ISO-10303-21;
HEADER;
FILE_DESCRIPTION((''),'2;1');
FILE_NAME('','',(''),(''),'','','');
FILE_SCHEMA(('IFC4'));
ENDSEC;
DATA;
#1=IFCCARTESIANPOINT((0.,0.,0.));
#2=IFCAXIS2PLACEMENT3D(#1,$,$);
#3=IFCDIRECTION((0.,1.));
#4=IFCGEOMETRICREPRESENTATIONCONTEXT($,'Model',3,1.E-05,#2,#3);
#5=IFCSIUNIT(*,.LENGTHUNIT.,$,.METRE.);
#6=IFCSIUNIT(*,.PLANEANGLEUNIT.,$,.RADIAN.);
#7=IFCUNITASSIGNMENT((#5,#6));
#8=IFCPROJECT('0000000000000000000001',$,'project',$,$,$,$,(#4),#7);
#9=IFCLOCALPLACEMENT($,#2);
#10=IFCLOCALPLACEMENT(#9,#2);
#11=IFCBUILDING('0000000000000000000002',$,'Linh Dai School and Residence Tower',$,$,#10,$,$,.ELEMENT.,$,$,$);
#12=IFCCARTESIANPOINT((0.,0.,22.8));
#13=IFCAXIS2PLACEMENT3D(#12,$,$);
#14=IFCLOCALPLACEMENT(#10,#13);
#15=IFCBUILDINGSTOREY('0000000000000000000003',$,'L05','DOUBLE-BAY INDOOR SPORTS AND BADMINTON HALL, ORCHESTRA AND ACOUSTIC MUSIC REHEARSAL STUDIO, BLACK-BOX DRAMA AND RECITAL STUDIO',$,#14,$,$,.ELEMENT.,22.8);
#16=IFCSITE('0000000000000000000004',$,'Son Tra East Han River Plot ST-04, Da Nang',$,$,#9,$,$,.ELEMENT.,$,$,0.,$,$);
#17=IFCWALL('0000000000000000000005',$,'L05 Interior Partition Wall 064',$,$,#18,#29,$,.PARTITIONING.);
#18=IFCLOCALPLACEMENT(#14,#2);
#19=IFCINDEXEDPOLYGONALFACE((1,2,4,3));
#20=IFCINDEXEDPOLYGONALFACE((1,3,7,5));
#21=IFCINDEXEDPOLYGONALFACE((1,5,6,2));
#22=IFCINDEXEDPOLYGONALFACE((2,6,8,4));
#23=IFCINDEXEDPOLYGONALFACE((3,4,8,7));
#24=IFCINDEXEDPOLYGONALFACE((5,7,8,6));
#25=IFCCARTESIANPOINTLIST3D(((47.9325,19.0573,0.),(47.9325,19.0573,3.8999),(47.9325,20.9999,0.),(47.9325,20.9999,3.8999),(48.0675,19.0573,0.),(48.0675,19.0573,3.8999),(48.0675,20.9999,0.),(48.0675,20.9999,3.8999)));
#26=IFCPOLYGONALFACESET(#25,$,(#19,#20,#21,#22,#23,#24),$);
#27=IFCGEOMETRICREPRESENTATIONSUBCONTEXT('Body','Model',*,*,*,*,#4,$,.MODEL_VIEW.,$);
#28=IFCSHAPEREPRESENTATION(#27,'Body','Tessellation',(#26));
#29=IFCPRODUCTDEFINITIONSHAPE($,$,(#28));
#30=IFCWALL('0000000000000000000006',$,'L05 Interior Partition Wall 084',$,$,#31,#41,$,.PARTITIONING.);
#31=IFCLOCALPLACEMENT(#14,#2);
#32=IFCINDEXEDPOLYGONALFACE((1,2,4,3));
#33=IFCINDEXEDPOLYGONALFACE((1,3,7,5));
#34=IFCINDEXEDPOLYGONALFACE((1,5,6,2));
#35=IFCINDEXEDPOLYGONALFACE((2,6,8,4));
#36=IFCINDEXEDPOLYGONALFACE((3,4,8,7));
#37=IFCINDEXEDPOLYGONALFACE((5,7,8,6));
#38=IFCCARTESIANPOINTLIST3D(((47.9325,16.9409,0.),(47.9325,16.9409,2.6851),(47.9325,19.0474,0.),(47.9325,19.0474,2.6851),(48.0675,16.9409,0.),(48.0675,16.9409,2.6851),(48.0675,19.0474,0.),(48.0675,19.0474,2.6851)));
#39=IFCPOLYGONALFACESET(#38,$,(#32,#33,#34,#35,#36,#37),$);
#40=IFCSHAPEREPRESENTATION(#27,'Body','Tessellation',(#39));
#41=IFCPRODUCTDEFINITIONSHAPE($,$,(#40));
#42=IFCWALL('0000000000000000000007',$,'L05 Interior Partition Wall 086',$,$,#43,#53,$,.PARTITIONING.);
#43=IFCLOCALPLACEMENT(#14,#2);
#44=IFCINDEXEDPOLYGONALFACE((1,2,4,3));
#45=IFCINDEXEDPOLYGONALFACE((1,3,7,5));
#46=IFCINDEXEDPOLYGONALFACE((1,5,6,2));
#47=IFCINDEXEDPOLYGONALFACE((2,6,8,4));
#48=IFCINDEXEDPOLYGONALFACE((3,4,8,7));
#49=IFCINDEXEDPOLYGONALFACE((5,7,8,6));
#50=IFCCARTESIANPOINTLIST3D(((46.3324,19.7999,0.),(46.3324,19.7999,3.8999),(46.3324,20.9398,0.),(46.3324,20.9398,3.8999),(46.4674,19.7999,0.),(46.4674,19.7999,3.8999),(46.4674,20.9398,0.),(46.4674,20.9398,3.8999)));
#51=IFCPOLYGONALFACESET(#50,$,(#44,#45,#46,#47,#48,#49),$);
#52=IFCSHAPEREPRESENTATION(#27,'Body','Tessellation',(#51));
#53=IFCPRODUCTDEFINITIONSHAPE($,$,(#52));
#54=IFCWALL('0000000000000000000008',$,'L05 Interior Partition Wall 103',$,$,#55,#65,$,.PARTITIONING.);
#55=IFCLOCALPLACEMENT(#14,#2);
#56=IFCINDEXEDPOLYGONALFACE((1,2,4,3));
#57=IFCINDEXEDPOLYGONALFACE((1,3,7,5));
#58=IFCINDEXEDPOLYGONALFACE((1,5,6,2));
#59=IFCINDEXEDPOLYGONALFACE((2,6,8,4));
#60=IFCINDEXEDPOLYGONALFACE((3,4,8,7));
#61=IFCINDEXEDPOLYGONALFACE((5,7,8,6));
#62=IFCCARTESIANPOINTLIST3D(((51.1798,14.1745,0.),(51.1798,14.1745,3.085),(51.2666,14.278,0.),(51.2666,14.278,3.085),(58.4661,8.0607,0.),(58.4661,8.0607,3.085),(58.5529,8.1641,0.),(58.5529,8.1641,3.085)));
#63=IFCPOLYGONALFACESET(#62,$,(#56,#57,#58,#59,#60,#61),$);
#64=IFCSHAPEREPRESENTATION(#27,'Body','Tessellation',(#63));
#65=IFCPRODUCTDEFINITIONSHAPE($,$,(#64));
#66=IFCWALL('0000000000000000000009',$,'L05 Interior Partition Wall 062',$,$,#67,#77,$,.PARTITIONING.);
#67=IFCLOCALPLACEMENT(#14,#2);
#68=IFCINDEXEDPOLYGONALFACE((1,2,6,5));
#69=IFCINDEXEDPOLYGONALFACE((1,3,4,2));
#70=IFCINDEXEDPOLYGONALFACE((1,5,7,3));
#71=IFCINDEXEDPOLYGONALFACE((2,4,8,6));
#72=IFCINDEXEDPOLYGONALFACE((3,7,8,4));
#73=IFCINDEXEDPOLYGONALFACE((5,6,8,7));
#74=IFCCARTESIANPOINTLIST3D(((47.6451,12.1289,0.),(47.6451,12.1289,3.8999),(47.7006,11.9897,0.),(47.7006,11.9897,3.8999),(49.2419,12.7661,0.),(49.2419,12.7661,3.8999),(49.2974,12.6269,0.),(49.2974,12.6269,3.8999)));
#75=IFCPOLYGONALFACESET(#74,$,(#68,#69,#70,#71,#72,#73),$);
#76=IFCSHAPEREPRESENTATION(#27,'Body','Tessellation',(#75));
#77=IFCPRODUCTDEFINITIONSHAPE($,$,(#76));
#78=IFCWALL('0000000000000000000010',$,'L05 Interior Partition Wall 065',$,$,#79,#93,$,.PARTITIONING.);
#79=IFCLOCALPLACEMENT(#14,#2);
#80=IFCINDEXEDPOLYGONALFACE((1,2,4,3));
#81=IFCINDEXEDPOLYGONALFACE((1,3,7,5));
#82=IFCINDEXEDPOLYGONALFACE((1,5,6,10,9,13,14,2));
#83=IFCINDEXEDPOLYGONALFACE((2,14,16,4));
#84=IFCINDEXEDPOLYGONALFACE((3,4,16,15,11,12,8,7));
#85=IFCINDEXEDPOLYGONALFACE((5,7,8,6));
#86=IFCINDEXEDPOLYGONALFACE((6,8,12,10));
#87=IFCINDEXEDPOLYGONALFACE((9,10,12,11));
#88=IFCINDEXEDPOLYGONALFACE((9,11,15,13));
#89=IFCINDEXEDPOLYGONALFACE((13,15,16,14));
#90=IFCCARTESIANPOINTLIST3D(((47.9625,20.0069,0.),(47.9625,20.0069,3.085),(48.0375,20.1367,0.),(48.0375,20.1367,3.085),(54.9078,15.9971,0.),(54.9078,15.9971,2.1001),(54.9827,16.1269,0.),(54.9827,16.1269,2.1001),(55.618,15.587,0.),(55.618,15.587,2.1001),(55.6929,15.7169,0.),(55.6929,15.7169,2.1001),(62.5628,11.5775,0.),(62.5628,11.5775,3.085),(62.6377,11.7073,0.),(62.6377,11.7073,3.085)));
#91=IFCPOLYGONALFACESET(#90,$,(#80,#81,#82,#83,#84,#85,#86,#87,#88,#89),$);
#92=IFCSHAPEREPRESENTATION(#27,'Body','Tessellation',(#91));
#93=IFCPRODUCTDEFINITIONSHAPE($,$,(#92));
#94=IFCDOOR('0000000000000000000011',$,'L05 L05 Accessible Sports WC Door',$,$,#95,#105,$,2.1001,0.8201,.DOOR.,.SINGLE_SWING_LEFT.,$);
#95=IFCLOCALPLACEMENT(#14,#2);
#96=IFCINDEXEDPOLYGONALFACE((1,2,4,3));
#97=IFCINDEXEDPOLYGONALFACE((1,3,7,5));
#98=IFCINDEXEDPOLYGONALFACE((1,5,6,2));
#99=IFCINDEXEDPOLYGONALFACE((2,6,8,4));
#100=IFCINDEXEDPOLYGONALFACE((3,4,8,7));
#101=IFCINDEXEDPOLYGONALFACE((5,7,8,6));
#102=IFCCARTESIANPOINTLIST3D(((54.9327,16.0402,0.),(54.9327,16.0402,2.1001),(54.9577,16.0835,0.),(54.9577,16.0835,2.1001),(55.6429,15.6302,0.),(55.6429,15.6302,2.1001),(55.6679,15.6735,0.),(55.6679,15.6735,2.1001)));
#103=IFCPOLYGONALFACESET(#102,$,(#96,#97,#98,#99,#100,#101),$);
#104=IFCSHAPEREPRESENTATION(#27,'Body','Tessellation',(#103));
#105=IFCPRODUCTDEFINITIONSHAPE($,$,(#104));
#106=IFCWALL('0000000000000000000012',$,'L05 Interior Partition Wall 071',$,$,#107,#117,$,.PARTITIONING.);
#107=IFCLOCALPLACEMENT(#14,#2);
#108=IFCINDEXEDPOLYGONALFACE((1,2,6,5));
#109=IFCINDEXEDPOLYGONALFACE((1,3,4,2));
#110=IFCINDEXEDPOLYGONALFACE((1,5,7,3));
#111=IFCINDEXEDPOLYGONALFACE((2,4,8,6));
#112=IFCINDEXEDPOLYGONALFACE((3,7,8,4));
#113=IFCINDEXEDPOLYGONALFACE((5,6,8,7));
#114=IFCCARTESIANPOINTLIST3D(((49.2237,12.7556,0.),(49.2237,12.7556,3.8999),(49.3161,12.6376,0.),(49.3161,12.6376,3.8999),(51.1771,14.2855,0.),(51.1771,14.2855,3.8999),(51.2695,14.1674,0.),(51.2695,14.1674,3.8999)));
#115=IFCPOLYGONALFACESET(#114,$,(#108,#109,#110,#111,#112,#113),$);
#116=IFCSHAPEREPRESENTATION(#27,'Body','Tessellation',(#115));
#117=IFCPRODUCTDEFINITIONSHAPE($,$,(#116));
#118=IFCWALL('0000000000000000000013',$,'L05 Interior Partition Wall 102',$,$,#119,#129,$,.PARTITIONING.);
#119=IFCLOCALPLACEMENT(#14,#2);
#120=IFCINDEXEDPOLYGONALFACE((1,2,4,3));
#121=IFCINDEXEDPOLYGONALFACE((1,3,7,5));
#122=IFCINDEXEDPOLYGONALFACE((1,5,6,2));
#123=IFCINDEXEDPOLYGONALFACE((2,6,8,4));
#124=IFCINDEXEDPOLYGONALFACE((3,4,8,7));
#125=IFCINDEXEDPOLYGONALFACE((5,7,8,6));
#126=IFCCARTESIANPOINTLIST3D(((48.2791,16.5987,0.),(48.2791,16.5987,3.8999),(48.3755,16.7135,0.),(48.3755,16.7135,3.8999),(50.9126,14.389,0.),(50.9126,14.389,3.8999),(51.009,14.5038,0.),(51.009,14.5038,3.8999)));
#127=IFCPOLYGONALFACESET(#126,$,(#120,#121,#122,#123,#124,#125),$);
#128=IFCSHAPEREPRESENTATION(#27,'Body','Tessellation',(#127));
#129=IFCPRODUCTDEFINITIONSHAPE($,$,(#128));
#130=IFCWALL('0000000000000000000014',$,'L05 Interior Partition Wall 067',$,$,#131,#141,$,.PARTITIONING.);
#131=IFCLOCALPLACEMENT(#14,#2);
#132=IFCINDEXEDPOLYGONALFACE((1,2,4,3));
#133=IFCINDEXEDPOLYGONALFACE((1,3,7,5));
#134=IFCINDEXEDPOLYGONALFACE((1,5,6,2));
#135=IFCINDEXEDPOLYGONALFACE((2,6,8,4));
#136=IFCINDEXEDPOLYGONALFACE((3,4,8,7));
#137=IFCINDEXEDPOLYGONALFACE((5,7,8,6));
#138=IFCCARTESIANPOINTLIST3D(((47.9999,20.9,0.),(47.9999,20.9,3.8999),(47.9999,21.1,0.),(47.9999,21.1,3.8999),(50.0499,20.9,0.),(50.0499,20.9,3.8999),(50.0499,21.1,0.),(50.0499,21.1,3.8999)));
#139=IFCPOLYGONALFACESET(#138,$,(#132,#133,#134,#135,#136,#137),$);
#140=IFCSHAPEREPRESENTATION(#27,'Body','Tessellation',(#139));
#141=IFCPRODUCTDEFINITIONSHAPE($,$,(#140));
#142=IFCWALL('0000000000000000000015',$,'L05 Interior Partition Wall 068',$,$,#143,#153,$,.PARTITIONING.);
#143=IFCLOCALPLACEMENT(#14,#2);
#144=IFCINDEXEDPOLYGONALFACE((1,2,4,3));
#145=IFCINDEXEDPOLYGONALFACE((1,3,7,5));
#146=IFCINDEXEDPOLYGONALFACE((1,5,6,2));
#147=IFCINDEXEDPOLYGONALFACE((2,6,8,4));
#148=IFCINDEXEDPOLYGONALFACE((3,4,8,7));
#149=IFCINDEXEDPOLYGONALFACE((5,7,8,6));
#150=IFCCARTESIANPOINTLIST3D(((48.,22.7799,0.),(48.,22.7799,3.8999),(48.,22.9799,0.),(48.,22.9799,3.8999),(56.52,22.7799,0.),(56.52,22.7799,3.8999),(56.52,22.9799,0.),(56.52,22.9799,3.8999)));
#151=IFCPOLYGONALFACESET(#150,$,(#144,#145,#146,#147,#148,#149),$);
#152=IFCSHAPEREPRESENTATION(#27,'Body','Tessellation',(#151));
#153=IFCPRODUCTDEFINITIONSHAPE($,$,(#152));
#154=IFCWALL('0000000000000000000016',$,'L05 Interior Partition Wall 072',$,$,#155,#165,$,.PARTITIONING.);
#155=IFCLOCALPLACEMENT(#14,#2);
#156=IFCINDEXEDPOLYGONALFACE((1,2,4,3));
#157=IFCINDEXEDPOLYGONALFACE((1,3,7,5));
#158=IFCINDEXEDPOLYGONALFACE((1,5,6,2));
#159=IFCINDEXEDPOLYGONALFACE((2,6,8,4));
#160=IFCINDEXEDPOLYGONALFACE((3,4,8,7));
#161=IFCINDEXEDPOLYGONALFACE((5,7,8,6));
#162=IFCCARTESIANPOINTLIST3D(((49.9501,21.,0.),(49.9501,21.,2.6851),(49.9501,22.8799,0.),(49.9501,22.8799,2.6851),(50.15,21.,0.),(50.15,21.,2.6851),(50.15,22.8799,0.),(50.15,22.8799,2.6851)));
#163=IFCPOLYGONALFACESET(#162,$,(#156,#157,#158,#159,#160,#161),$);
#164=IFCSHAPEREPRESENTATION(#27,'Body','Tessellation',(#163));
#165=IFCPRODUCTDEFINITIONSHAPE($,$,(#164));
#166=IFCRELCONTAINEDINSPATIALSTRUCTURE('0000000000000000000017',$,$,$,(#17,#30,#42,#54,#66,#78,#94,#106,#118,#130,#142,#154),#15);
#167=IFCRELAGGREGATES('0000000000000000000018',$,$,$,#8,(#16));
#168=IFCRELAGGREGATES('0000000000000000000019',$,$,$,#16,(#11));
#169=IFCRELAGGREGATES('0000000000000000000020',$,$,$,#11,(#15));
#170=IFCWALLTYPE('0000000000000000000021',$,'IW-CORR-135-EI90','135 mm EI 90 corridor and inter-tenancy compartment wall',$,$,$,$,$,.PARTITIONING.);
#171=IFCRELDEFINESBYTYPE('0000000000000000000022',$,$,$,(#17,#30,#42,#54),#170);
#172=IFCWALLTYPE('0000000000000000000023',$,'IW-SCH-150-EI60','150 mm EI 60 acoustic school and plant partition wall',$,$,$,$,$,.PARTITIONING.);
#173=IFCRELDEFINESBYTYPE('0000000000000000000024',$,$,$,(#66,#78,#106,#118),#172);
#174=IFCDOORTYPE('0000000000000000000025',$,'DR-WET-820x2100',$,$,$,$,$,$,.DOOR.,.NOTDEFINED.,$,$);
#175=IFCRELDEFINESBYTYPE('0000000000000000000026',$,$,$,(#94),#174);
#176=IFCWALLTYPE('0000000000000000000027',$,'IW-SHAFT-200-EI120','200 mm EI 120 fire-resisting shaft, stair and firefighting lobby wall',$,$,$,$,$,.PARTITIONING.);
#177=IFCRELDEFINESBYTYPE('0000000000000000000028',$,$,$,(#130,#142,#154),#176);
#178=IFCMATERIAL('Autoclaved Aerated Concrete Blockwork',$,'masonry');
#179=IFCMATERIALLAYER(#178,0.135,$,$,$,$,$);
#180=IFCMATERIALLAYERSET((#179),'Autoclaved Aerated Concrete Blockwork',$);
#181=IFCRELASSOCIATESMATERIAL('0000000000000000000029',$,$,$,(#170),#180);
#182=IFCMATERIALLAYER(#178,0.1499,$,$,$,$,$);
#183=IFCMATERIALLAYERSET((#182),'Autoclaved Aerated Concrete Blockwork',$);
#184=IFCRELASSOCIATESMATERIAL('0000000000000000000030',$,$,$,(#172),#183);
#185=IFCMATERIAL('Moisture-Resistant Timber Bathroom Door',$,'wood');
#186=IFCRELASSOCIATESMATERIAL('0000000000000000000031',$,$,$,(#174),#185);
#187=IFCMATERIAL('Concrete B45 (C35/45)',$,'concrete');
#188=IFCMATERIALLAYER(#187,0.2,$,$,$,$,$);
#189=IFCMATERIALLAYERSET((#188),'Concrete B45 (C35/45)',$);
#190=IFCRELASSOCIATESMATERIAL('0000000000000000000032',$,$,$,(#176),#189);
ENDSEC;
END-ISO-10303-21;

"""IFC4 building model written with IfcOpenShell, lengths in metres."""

from ifc_helpers import new_model, si_unit, direction, frame, frame_2d, origin, origin_2d, place, context, subcontext, project, spatial, rectangle, extrude, source, transform, mapped, material, layer, layer_set, type_object, element, fill, save


model = new_model("IFC4")

# Units and contexts
model_context = context("Model", 3, precision=1e-05, world=origin(), true_north=direction((0.0, 1.0)))
body_context = subcontext(model_context, "Body", "Model", "MODEL_VIEW")
ifc_project = project(units=[si_unit("LENGTHUNIT", "METRE"), si_unit("PLANEANGLEUNIT", "RADIAN")], contexts=[model_context])

# Site, building, storey
site_placement = place(None, origin())
site = spatial("IfcSite", under=ifc_project, at=site_placement, Name="Son Tra East Han River Plot ST-04, Da Nang", CompositionType="ELEMENT", RefElevation=0.0)
building_placement = place(site_placement, origin())
building = spatial("IfcBuilding", under=site, at=building_placement, Name="Linh Dai School and Residence Tower", CompositionType="ELEMENT")
storey_placement = place(building_placement, frame((0.0, 0.0, 22.8)))
storey = spatial("IfcBuildingStorey", under=building, at=storey_placement, Name="L05", Description="DOUBLE-BAY INDOOR SPORTS AND BADMINTON HALL, ORCHESTRA AND ACOUSTIC MUSIC REHEARSAL STUDIO, BLACK-BOX DRAMA AND RECITAL STUDIO", CompositionType="ELEMENT", Elevation=22.8)

# Walls
ifc_material_1 = material(Name="Autoclaved Aerated Concrete Blockwork", Category="masonry")
ifc_layer_1 = layer(ifc_material_1, 0.135)
ifc_layer_set_1 = layer_set([ifc_layer_1], Name="Autoclaved Aerated Concrete Blockwork")
wall_type_1 = type_object("IfcWallType", Name="IW-CORR-135-EI90", Description="135 mm EI 90 corridor and inter-tenancy compartment wall", PredefinedType="PARTITIONING", material=ifc_layer_set_1)
wall_1_placement = place(storey_placement, frame((48.0, 19.0574, 0.0), z_axis=(0.0, 0.0, 1.0), x_axis=(0.0, 1.0, 0.0)))
element("IfcWall", 1, at=wall_1_placement, inside=storey, type_object=wall_type_1, Name="L05 Interior Partition Wall 064", PredefinedType="PARTITIONING", context=body_context, shape_type="SweptSolid", body=[
    extrude(rectangle(XDim=1.9426, YDim=0.135, at=frame_2d((0.9712, 0.0))), origin(), (0.0, 0.0, 1.0), 3.8999),
])
wall_2_placement = place(storey_placement, frame((48.0, 19.0474, 0.0), z_axis=(0.0, 0.0, 1.0), x_axis=(0.0, -1.0, 0.0)))
element("IfcWall", 2, at=wall_2_placement, inside=storey, type_object=wall_type_1, Name="L05 Interior Partition Wall 084", PredefinedType="PARTITIONING", context=body_context, shape_type="SweptSolid", body=[
    extrude(rectangle(XDim=2.1064, YDim=0.135, at=frame_2d((1.0532, 0.0))), origin(), (0.0, 0.0, 1.0), 2.6851),
])
wall_3_placement = place(storey_placement, frame((46.3999, 19.8, 0.0), z_axis=(0.0, 0.0, 1.0), x_axis=(0.0, 1.0, 0.0)))
element("IfcWall", 3, at=wall_3_placement, inside=storey, type_object=wall_type_1, Name="L05 Interior Partition Wall 086", PredefinedType="PARTITIONING", context=body_context, shape_type="SweptSolid", body=[
    extrude(rectangle(XDim=1.1399, YDim=0.135, at=frame_2d((0.5698, 0.0))), origin(), (0.0, 0.0, 1.0), 3.8999),
])
wall_4_placement = place(storey_placement, frame((51.2231, 14.2263, 0.0), z_axis=(0.0, 0.0, 1.0), x_axis=(0.766046, -0.642786, 0.0)))
element("IfcWall", 4, at=wall_4_placement, inside=storey, type_object=wall_type_1, Name="L05 Interior Partition Wall 103", PredefinedType="PARTITIONING", context=body_context, shape_type="SweptSolid", body=[
    extrude(rectangle(XDim=9.5115, YDim=0.135, at=frame_2d((4.7559, 0.0))), origin(), (0.0, 0.0, 1.0), 3.085),
])
ifc_layer_2 = layer(ifc_material_1, 0.1499)
ifc_layer_set_2 = layer_set([ifc_layer_2], Name="Autoclaved Aerated Concrete Blockwork")
wall_type_2 = type_object("IfcWallType", Name="IW-SCH-150-EI60", Description="150 mm EI 60 acoustic school and plant partition wall", PredefinedType="PARTITIONING", material=ifc_layer_set_2)
wall_5_placement = place(storey_placement, frame((47.6729, 12.0593, 0.0), z_axis=(0.0, 0.0, 1.0), x_axis=(0.92879, 0.370607, 0.0)))
element("IfcWall", 5, at=wall_5_placement, inside=storey, type_object=wall_type_2, Name="L05 Interior Partition Wall 062", PredefinedType="PARTITIONING", context=body_context, shape_type="SweptSolid", body=[
    extrude(rectangle(XDim=1.7192, YDim=0.1499, at=frame_2d((0.8596, 0.0))), origin(), (0.0, 0.0, 1.0), 3.8999),
])

# Wall, opening, door
wall_6_placement = place(storey_placement, frame((48.0, 20.0718, 0.0), z_axis=(0.0, 0.0, 1.0), x_axis=(0.866027, -0.499997, 0.0)))
wall_6 = element("IfcWall", 6, at=wall_6_placement, inside=storey, type_object=wall_type_2, Name="L05 Interior Partition Wall 065", PredefinedType="PARTITIONING", context=body_context, shape_type="SweptSolid", body=[
    extrude(rectangle(XDim=16.8589, YDim=0.1499, at=frame_2d((8.4294, 0.0))), origin(), (0.0, 0.0, 1.0), 3.085),
])
opening_1_placement = place(wall_6_placement, frame((8.0195, 0.0, 0.0)))
opening_1 = element("IfcOpeningElement", 7, at=opening_1_placement, cuts=wall_6, PredefinedType="OPENING", context=body_context, shape_type="SweptSolid", body=[
    extrude(rectangle(XDim=0.8201, YDim=2.1001, at=origin_2d()), frame((0.4102, 0.085, 1.05), z_axis=(0.0, -1.0, 0.0), x_axis=(1.0, 0.0, 0.0)), (0.0, 0.0, 1.0), 0.1699),
])
ifc_material_2 = material(Name="Moisture-Resistant Timber Bathroom Door", Category="wood")
door_type_1 = type_object("IfcDoorType", Name="DR-WET-820x2100", OperationType="NOTDEFINED", PredefinedType="DOOR", material=ifc_material_2)
shared_shape_1 = source(origin(), body_context, "Body", "SweptSolid", [
    extrude(rectangle(XDim=0.8201, YDim=2.1001, at=origin_2d()), frame((0.4102, 0.0249, 1.05), z_axis=(0.0, -1.0, 0.0), x_axis=(1.0, 0.0, 0.0)), (0.0, 0.0, 1.0), 0.05),
])
door_1_placement = place(opening_1_placement, origin())
door_1 = element("IfcDoor", 8, at=door_1_placement, inside=storey, type_object=door_type_1, Name="L05 L05 Accessible Sports WC Door", OperationType="SINGLE_SWING_LEFT", OverallHeight=2.1001, OverallWidth=0.8201, PredefinedType="DOOR", context=body_context, shape_type="MappedRepresentation", body=[
    mapped(shared_shape_1, transform((0.0, 0.0, 0.0), x_axis=(1.0, 0.0, 0.0), y_axis=(0.0, 1.0, 0.0), z_axis=(0.0, 0.0, 1.0), scale=1.0)),
])
fill(opening_1, door_1)

# Walls
wall_7_placement = place(storey_placement, frame((49.2698, 12.6965, 0.0), z_axis=(0.0, 0.0, 1.0), x_axis=(0.787297, 0.616574, 0.0)))
element("IfcWall", 9, at=wall_7_placement, inside=storey, type_object=wall_type_2, Name="L05 Interior Partition Wall 071", PredefinedType="PARTITIONING", context=body_context, shape_type="SweptSolid", body=[
    extrude(rectangle(XDim=2.4812, YDim=0.1499, at=frame_2d((1.2407, 0.0))), origin(), (0.0, 0.0, 1.0), 3.8999),
])
wall_8_placement = place(storey_placement, frame((48.3274, 16.656, 0.0), z_axis=(0.0, 0.0, 1.0), x_axis=(0.766057, -0.642772, 0.0)))
element("IfcWall", 10, at=wall_8_placement, inside=storey, type_object=wall_type_2, Name="L05 Interior Partition Wall 102", PredefinedType="PARTITIONING", context=body_context, shape_type="SweptSolid", body=[
    extrude(rectangle(XDim=3.4377, YDim=0.1499, at=frame_2d((1.7188, 0.0))), origin(), (0.0, 0.0, 1.0), 3.8999),
])

# Shared definitions
ifc_material_3 = material(Name="Concrete B45 (C35/45)", Category="concrete")
ifc_layer_3 = layer(ifc_material_3, 0.2)
ifc_layer_set_3 = layer_set([ifc_layer_3], Name="Concrete B45 (C35/45)")
wall_type_3 = type_object("IfcWallType", Name="IW-SHAFT-200-EI120", Description="200 mm EI 120 fire-resisting shaft, stair and firefighting lobby wall", PredefinedType="PARTITIONING", material=ifc_layer_set_3)

# Walls
wall_9_placement = place(storey_placement, frame((48.0, 21.0, 0.0), z_axis=(0.0, 0.0, 1.0), x_axis=(1.0, 0.0, 0.0)))
element("IfcWall", 11, at=wall_9_placement, inside=storey, type_object=wall_type_3, Name="L05 Interior Partition Wall 067", PredefinedType="PARTITIONING", context=body_context, shape_type="SweptSolid", body=[
    extrude(rectangle(XDim=2.05, YDim=0.2, at=frame_2d((1.0249, 0.0))), origin(), (0.0, 0.0, 1.0), 3.8999),
])
wall_10_placement = place(storey_placement, frame((48.0, 22.8799, 0.0), z_axis=(0.0, 0.0, 1.0), x_axis=(1.0, 0.0, 0.0)))
element("IfcWall", 12, at=wall_10_placement, inside=storey, type_object=wall_type_3, Name="L05 Interior Partition Wall 068", PredefinedType="PARTITIONING", context=body_context, shape_type="SweptSolid", body=[
    extrude(rectangle(XDim=8.52, YDim=0.2, at=frame_2d((4.26, 0.0))), origin(), (0.0, 0.0, 1.0), 3.8999),
])
wall_11_placement = place(storey_placement, frame((50.05, 21.0, 0.0), z_axis=(0.0, 0.0, 1.0), x_axis=(0.0, 1.0, 0.0)))
element("IfcWall", 13, at=wall_11_placement, inside=storey, type_object=wall_type_3, Name="L05 Interior Partition Wall 072", PredefinedType="PARTITIONING", context=body_context, shape_type="SweptSolid", body=[
    extrude(rectangle(XDim=1.8799, YDim=0.2, at=frame_2d((0.9399, 0.0))), origin(), (0.0, 0.0, 1.0), 2.6851),
])

save(model, "model.ifc")
